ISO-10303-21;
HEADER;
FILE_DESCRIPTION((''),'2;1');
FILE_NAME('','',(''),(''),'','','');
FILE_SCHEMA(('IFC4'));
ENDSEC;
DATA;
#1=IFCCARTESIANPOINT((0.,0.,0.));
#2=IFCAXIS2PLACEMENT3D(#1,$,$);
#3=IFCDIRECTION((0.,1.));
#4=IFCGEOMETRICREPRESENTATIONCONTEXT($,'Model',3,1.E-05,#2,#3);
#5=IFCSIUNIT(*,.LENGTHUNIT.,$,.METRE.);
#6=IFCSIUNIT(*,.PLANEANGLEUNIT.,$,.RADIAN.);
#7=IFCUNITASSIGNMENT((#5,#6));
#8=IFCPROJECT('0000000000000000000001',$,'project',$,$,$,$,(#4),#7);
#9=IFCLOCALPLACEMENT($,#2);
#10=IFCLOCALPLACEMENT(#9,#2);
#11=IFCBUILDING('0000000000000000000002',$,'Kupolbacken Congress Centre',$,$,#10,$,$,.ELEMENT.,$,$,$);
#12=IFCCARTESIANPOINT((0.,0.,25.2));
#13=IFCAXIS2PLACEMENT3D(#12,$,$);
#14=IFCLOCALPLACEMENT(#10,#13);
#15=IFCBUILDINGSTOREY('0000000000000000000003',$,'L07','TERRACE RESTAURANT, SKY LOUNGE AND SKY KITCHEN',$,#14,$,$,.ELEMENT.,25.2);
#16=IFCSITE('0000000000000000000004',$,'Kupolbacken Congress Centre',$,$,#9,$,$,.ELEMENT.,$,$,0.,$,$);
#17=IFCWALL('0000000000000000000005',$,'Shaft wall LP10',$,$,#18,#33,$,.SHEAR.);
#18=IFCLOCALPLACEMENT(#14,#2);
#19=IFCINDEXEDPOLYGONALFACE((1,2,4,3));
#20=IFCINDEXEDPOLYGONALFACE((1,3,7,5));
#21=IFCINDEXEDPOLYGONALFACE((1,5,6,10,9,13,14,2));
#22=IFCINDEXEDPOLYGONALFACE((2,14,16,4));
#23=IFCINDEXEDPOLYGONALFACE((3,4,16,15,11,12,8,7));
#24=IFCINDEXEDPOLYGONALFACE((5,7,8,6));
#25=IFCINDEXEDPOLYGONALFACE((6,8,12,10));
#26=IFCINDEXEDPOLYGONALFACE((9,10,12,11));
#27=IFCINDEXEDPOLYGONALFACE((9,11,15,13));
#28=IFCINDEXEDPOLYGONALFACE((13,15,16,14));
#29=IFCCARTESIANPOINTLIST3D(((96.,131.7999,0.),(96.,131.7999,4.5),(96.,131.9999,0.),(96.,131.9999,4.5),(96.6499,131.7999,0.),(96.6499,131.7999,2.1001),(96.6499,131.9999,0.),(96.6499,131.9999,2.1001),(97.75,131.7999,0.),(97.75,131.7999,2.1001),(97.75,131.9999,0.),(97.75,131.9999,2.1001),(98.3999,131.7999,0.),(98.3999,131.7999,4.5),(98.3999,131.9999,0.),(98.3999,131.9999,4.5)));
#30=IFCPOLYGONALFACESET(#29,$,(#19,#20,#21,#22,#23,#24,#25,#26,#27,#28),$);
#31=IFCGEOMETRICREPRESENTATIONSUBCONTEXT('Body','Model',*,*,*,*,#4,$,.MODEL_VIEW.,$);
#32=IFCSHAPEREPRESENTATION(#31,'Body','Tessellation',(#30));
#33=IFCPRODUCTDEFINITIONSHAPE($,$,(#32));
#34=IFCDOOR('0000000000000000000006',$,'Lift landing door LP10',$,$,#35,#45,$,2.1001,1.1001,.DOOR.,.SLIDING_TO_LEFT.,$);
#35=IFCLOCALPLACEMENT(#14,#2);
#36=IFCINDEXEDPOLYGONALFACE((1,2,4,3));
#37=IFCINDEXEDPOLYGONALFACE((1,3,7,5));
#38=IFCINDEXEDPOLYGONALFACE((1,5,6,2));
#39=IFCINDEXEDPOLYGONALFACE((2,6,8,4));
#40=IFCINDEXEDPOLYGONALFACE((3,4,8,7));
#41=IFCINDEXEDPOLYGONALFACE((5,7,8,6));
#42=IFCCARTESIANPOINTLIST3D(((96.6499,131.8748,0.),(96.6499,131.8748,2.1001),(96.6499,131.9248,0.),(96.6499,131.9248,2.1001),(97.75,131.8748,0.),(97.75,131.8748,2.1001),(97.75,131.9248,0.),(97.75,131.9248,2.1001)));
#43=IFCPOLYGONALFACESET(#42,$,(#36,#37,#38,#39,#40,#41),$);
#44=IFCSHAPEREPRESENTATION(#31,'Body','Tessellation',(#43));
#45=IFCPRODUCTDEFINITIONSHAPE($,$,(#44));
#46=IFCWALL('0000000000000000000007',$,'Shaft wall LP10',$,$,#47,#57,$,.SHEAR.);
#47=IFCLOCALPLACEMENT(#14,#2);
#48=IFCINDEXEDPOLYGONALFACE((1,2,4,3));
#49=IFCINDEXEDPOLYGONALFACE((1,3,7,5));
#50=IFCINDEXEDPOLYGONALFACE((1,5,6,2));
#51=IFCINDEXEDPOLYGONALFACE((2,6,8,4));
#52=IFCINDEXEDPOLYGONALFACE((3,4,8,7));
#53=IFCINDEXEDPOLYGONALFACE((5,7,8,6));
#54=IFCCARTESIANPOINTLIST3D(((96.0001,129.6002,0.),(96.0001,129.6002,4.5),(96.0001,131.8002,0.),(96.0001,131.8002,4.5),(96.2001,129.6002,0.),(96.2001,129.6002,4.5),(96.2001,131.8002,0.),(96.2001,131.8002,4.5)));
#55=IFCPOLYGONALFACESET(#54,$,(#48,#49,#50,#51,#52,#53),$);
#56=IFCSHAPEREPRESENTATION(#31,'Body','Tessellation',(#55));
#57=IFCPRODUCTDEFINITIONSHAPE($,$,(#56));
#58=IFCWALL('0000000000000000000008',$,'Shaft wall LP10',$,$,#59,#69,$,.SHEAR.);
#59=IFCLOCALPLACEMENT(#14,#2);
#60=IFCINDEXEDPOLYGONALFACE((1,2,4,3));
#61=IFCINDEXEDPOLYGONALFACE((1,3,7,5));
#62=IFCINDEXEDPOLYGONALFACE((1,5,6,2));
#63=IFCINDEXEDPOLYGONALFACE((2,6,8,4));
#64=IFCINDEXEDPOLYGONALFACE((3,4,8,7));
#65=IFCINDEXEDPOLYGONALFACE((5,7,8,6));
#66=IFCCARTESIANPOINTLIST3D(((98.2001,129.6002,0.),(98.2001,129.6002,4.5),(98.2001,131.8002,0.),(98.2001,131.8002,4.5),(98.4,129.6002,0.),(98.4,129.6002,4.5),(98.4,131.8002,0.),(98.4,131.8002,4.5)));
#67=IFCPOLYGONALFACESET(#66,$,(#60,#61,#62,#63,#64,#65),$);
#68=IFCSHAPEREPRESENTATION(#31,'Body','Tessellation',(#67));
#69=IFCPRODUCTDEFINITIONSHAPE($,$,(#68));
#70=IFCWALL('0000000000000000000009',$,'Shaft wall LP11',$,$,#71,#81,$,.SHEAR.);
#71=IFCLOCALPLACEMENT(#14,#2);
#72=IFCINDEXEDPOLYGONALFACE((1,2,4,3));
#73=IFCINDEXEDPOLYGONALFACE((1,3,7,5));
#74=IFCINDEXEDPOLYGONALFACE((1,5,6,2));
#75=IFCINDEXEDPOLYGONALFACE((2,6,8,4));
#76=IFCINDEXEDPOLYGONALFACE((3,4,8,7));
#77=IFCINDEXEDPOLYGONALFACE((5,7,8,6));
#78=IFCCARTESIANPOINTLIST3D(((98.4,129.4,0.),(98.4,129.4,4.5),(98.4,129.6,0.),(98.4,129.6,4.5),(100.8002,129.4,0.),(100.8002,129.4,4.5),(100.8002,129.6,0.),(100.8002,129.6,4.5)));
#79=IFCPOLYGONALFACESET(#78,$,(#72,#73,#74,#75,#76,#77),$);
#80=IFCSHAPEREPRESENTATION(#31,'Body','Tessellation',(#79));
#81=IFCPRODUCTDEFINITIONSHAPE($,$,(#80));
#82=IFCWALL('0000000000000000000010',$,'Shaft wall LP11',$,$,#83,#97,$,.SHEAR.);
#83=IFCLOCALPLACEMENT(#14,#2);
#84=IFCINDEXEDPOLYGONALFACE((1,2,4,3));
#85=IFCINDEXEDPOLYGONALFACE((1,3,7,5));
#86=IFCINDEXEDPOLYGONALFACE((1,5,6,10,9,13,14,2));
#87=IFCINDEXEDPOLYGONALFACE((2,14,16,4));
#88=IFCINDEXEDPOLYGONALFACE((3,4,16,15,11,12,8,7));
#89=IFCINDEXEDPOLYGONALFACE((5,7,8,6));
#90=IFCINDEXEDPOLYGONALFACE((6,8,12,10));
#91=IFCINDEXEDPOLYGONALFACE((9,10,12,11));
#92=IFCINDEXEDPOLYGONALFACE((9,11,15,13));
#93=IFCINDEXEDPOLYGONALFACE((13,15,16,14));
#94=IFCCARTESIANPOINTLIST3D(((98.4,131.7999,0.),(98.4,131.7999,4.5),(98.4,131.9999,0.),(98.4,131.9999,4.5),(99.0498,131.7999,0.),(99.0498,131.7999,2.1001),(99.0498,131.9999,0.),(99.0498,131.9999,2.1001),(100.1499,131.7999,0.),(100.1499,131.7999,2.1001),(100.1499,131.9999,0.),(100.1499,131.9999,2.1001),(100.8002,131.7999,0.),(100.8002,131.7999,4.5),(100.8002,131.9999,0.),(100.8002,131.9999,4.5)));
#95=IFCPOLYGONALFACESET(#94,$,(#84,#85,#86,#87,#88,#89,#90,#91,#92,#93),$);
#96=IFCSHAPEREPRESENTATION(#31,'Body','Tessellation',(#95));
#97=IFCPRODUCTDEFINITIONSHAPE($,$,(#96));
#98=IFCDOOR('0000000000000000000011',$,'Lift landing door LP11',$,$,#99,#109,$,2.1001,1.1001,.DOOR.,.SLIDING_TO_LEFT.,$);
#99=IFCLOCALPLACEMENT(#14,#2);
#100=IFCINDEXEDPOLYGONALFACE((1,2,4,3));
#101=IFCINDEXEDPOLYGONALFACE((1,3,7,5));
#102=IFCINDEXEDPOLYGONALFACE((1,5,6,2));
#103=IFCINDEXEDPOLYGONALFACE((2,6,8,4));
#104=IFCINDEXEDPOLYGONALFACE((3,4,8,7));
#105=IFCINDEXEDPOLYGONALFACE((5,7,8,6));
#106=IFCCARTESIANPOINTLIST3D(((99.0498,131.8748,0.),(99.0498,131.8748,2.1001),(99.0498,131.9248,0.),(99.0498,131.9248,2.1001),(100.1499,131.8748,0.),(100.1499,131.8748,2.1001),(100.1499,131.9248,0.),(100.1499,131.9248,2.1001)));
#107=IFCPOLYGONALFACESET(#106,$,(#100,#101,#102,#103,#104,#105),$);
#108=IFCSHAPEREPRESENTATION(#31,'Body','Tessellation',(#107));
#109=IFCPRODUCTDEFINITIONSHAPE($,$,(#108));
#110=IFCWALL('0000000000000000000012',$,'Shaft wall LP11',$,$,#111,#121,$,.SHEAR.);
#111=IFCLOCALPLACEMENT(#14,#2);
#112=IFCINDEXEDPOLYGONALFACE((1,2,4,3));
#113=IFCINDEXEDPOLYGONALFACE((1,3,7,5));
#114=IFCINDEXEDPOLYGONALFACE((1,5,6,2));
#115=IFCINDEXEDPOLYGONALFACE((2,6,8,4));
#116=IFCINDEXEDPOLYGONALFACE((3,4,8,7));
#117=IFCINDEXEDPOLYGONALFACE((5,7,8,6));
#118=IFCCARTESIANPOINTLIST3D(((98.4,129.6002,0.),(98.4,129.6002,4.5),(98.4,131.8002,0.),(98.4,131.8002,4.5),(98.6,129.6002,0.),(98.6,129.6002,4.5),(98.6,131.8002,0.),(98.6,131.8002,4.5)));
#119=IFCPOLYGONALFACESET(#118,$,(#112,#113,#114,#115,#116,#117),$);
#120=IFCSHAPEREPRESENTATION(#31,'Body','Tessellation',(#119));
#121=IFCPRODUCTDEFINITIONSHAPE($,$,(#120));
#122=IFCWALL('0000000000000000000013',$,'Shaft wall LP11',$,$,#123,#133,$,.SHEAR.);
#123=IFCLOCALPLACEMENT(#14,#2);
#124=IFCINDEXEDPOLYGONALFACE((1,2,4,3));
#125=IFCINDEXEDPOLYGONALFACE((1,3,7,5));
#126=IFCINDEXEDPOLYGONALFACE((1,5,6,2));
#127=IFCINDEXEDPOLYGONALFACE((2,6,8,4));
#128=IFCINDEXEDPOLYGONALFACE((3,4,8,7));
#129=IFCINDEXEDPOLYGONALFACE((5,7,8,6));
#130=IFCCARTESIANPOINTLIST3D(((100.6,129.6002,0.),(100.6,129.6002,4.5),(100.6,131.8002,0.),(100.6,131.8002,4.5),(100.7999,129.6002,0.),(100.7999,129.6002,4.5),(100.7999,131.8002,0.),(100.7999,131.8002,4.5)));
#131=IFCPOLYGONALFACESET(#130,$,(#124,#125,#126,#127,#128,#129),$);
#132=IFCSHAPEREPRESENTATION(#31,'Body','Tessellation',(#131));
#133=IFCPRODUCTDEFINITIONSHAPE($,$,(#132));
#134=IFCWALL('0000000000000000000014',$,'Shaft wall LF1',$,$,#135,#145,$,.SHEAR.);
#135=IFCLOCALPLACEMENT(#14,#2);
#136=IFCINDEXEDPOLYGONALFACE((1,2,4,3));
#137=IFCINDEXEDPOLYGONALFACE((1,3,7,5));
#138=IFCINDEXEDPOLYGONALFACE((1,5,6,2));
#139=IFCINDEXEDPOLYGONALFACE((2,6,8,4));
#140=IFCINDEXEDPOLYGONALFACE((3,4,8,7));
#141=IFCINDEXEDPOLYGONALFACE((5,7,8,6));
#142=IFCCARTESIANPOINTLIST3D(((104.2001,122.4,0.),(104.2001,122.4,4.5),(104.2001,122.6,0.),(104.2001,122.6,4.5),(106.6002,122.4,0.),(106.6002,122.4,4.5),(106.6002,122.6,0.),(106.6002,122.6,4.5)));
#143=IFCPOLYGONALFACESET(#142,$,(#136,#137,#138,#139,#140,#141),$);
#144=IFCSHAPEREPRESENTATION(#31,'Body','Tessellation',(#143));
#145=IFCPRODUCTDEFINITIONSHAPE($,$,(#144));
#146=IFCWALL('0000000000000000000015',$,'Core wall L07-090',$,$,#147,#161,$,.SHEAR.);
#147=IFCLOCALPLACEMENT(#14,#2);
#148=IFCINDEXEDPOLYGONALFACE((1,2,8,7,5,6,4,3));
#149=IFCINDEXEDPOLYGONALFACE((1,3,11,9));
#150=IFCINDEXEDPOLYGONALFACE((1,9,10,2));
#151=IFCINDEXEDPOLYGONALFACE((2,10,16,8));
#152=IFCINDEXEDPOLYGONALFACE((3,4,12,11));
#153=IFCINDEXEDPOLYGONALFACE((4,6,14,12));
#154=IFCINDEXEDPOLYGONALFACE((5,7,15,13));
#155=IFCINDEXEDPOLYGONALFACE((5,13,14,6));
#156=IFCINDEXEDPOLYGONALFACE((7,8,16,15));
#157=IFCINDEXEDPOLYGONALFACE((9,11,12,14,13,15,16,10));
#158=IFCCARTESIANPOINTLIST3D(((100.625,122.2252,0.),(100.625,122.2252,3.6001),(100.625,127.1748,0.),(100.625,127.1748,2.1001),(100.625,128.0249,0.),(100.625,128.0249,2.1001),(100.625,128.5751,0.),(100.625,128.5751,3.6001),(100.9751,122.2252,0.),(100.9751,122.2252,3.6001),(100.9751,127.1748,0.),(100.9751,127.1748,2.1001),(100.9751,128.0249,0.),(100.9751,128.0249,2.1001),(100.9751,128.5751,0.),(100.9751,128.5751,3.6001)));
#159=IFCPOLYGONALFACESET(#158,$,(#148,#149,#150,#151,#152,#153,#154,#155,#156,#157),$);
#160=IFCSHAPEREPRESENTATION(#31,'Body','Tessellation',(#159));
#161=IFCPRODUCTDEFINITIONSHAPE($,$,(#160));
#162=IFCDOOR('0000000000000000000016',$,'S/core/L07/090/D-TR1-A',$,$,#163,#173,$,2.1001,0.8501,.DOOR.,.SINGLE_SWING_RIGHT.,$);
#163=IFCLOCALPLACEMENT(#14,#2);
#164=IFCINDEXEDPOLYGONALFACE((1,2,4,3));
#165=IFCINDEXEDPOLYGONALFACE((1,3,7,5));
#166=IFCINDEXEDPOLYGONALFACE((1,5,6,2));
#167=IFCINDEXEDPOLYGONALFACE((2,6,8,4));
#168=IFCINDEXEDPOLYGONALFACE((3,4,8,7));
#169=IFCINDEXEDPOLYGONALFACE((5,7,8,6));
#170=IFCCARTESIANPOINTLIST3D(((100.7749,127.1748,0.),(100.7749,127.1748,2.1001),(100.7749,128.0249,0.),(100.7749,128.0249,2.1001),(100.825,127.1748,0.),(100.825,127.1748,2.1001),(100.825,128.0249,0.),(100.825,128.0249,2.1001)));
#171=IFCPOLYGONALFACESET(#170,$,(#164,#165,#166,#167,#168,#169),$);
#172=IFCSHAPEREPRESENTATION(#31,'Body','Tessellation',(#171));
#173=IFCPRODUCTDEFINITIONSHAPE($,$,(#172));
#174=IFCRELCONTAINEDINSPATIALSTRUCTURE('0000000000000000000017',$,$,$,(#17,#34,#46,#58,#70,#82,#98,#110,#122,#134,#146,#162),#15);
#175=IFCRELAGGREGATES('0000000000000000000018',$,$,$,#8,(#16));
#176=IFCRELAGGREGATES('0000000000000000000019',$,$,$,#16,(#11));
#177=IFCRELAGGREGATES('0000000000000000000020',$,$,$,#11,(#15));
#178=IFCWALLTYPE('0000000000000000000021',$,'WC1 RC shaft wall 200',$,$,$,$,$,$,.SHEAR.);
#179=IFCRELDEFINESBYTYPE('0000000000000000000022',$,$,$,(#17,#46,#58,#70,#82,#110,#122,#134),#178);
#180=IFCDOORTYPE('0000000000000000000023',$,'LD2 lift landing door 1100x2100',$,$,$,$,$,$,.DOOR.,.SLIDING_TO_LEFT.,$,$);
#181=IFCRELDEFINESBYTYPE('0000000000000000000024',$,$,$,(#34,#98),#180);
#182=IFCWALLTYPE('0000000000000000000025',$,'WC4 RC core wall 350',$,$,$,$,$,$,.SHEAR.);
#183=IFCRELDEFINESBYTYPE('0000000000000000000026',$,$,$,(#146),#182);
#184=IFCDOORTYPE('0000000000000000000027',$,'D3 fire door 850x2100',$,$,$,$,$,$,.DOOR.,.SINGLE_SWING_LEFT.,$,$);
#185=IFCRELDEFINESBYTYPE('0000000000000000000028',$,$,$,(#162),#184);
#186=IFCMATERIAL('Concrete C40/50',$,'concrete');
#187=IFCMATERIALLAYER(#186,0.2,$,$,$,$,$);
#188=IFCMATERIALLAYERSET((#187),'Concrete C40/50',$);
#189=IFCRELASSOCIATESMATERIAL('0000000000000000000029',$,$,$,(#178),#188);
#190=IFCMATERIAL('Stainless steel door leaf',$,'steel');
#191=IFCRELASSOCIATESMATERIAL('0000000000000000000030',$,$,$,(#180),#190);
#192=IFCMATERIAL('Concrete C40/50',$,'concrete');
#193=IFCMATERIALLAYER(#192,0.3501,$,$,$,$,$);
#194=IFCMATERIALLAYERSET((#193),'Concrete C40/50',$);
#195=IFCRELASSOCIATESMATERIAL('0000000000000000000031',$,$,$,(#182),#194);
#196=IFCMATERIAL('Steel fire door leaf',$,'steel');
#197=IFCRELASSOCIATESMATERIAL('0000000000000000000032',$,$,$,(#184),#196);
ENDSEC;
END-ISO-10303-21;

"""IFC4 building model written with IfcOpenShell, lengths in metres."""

from ifc_helpers import new_model, si_unit, direction, frame, frame_2d, origin, place, context, subcontext, project, spatial, rectangle, extrude, material, layer, layer_set, type_object, element, fill, save


model = new_model("IFC4")

# Units and contexts
model_context = context("Model", 3, precision=1e-05, world=origin(), true_north=direction((0.0, 1.0)))
body_context = subcontext(model_context, "Body", "Model", "MODEL_VIEW")
ifc_project = project(units=[si_unit("LENGTHUNIT", "METRE"), si_unit("PLANEANGLEUNIT", "RADIAN")], contexts=[model_context])

# Site, building, storey
site_placement = place(None, origin())
site = spatial("IfcSite", under=ifc_project, at=site_placement, Name="Kupolbacken Congress Centre", CompositionType="ELEMENT", RefElevation=0.0)
building_placement = place(site_placement, origin())
building = spatial("IfcBuilding", under=site, at=building_placement, Name="Kupolbacken Congress Centre", CompositionType="ELEMENT")
storey_placement = place(building_placement, frame((0.0, 0.0, 25.2)))
storey = spatial("IfcBuildingStorey", under=building, at=storey_placement, Name="L07", Description="TERRACE RESTAURANT, SKY LOUNGE AND SKY KITCHEN", CompositionType="ELEMENT", Elevation=25.2)

# Shared definitions
ifc_material_1 = material(Name="Concrete C40/50", Category="concrete")
ifc_layer_1 = layer(ifc_material_1, 0.2)
ifc_layer_set_1 = layer_set([ifc_layer_1], Name="Concrete C40/50")
wall_type_1 = type_object("IfcWallType", Name="WC1 RC shaft wall 200", PredefinedType="SHEAR", material=ifc_layer_set_1)

# Shared definitions
ifc_material_2 = material(Name="Stainless steel door leaf", Category="steel")
door_type_1 = type_object("IfcDoorType", Name="LD2 lift landing door 1100x2100", OperationType="SLIDING_TO_LEFT", PredefinedType="DOOR", material=ifc_material_2)

# Wall, opening, door
wall_1_placement = place(storey_placement, frame((96.0, 131.8999, 0.0), z_axis=(0.0, 0.0, 1.0), x_axis=(1.0, 0.0, 0.0)))
wall_1 = element("IfcWall", 1, at=wall_1_placement, inside=storey, type_object=wall_type_1, Name="Shaft wall LP10", PredefinedType="SHEAR", context=body_context, shape_type="SweptSolid", body=[
    extrude(rectangle(XDim=2.3999, YDim=0.2, at=frame_2d((1.2, 0.0))), origin(), (0.0, 0.0, 1.0), 4.5),
])
opening_1_placement = place(wall_1_placement, frame((0.6499, 0.0, 0.0)))
opening_1 = element("IfcOpeningElement", 2, at=opening_1_placement, cuts=wall_1, PredefinedType="OPENING", context=body_context, shape_type="SweptSolid", body=[
    extrude(rectangle(XDim=1.1001, YDim=2.1001, at=frame_2d((0.55, 1.05))), frame((0.0, 0.1099, 0.0), z_axis=(0.0, -1.0, 0.0), x_axis=(1.0, 0.0, 0.0)), (0.0, 0.0, 1.0), 0.22),
])
door_1_placement = place(opening_1_placement, origin())
door_1 = element("IfcDoor", 3, at=door_1_placement, inside=storey, type_object=door_type_1, Name="Lift landing door LP10", OperationType="SLIDING_TO_LEFT", OverallHeight=2.1001, OverallWidth=1.1001, PredefinedType="DOOR", context=body_context, shape_type="SweptSolid", body=[
    extrude(rectangle(XDim=1.1001, YDim=2.1001, at=frame_2d((0.55, 1.05))), frame((0.0, 0.0249, 0.0), z_axis=(0.0, -1.0, 0.0), x_axis=(1.0, 0.0, 0.0)), (0.0, 0.0, 1.0), 0.05),
])
fill(opening_1, door_1)

# Walls
for number, where, z_axis, x_axis, name in (
    (4, (96.1001, 129.6001, 0.0), (0.0, 0.0, 1.0), (0.0, 1.0, 0.0), "Shaft wall LP10"),
    (5, (98.3, 129.6001, 0.0), (0.0, 0.0, 1.0), (0.0, 1.0, 0.0), "Shaft wall LP10"),
):
    element("IfcWall", number, at=place(storey_placement, frame(where, z_axis=z_axis, x_axis=x_axis)), inside=storey, type_object=wall_type_1, Name=name, PredefinedType="SHEAR", context=body_context, shape_type="SweptSolid", body=[
        extrude(rectangle(XDim=2.2, YDim=0.2, at=frame_2d((1.1001, 0.0))), origin(), (0.0, 0.0, 1.0), 4.5),
    ])
wall_2_placement = place(storey_placement, frame((98.3999, 129.5, 0.0), z_axis=(0.0, 0.0, 1.0), x_axis=(1.0, 0.0, 0.0)))
element("IfcWall", 6, at=wall_2_placement, inside=storey, type_object=wall_type_1, Name="Shaft wall LP11", PredefinedType="SHEAR", context=body_context, shape_type="SweptSolid", body=[
    extrude(rectangle(XDim=2.4001, YDim=0.2, at=frame_2d((1.2002, 0.0))), origin(), (0.0, 0.0, 1.0), 4.5),
])

# Wall, opening, door
wall_3_placement = place(storey_placement, frame((98.3999, 131.8999, 0.0), z_axis=(0.0, 0.0, 1.0), x_axis=(1.0, 0.0, 0.0)))
wall_3 = element("IfcWall", 7, at=wall_3_placement, inside=storey, type_object=wall_type_1, Name="Shaft wall LP11", PredefinedType="SHEAR", context=body_context, shape_type="SweptSolid", body=[
    extrude(rectangle(XDim=2.4001, YDim=0.2, at=frame_2d((1.2002, 0.0))), origin(), (0.0, 0.0, 1.0), 4.5),
])
opening_2_placement = place(wall_3_placement, frame((0.6499, 0.0, 0.0)))
opening_2 = element("IfcOpeningElement", 8, at=opening_2_placement, cuts=wall_3, PredefinedType="OPENING", context=body_context, shape_type="SweptSolid", body=[
    extrude(rectangle(XDim=1.1001, YDim=2.1001, at=frame_2d((0.55, 1.05))), frame((0.0, 0.1099, 0.0), z_axis=(0.0, -1.0, 0.0), x_axis=(1.0, 0.0, 0.0)), (0.0, 0.0, 1.0), 0.22),
])
door_2_placement = place(opening_2_placement, origin())
door_2 = element("IfcDoor", 9, at=door_2_placement, inside=storey, type_object=door_type_1, Name="Lift landing door LP11", OperationType="SLIDING_TO_LEFT", OverallHeight=2.1001, OverallWidth=1.1001, PredefinedType="DOOR", context=body_context, shape_type="SweptSolid", body=[
    extrude(rectangle(XDim=1.1001, YDim=2.1001, at=frame_2d((0.55, 1.05))), frame((0.0, 0.0249, 0.0), z_axis=(0.0, -1.0, 0.0), x_axis=(1.0, 0.0, 0.0)), (0.0, 0.0, 1.0), 0.05),
])
fill(opening_2, door_2)

# Walls
for number, where, z_axis, x_axis, name in (
    (10, (98.5, 129.6001, 0.0), (0.0, 0.0, 1.0), (0.0, 1.0, 0.0), "Shaft wall LP11"),
    (11, (100.7, 129.6001, 0.0), (0.0, 0.0, 1.0), (0.0, 1.0, 0.0), "Shaft wall LP11"),
):
    element("IfcWall", number, at=place(storey_placement, frame(where, z_axis=z_axis, x_axis=x_axis)), inside=storey, type_object=wall_type_1, Name=name, PredefinedType="SHEAR", context=body_context, shape_type="SweptSolid", body=[
        extrude(rectangle(XDim=2.2, YDim=0.2, at=frame_2d((1.1001, 0.0))), origin(), (0.0, 0.0, 1.0), 4.5),
    ])
wall_4_placement = place(storey_placement, frame((104.2, 122.5, 0.0), z_axis=(0.0, 0.0, 1.0), x_axis=(1.0, 0.0, 0.0)))
element("IfcWall", 12, at=wall_4_placement, inside=storey, type_object=wall_type_1, Name="Shaft wall LF1", PredefinedType="SHEAR", context=body_context, shape_type="SweptSolid", body=[
    extrude(rectangle(XDim=2.4001, YDim=0.2, at=frame_2d((1.2002, 0.0))), origin(), (0.0, 0.0, 1.0), 4.5),
])

# Wall, opening, door
ifc_material_3 = material(Name="Concrete C40/50", Category="concrete")
ifc_layer_2 = layer(ifc_material_3, 0.3501)
ifc_layer_set_2 = layer_set([ifc_layer_2], Name="Concrete C40/50")
wall_type_2 = type_object("IfcWallType", Name="WC4 RC core wall 350", PredefinedType="SHEAR", material=ifc_layer_set_2)
wall_5_placement = place(storey_placement, frame((100.8, 128.575, 0.0), z_axis=(0.0, 0.0, 1.0), x_axis=(0.0, -1.0, 0.0)))
wall_5 = element("IfcWall", 13, at=wall_5_placement, inside=storey, type_object=wall_type_2, Name="Core wall L07-090", PredefinedType="SHEAR", context=body_context, shape_type="SweptSolid", body=[
    extrude(rectangle(XDim=6.3499, YDim=0.3501, at=frame_2d((3.1748, 0.0))), origin(), (0.0, 0.0, 1.0), 3.6001),
])
opening_3_placement = place(wall_5_placement, frame((0.55, 0.0, 0.0)))
opening_3 = element("IfcOpeningElement", 14, at=opening_3_placement, cuts=wall_5, PredefinedType="OPENING", context=body_context, shape_type="SweptSolid", body=[
    extrude(rectangle(XDim=0.8501, YDim=2.1001, at=frame_2d((0.425, 1.05))), frame((0.0, 0.1851, 0.0), z_axis=(0.0, -1.0, 0.0), x_axis=(1.0, 0.0, 0.0)), (0.0, 0.0, 1.0), 0.3701),
])
ifc_material_4 = material(Name="Steel fire door leaf", Category="steel")
door_type_2 = type_object("IfcDoorType", Name="D3 fire door 850x2100", OperationType="SINGLE_SWING_LEFT", PredefinedType="DOOR", material=ifc_material_4)
door_3_placement = place(opening_3_placement, origin())
door_3 = element("IfcDoor", 15, at=door_3_placement, inside=storey, type_object=door_type_2, Name="S/core/L07/090/D-TR1-A", OperationType="SINGLE_SWING_RIGHT", OverallHeight=2.1001, OverallWidth=0.8501, PredefinedType="DOOR", context=body_context, shape_type="SweptSolid", body=[
    extrude(rectangle(XDim=0.8501, YDim=2.1001, at=frame_2d((0.425, 1.05))), frame((0.0, 0.0249, 0.0), z_axis=(0.0, -1.0, 0.0), x_axis=(1.0, 0.0, 0.0)), (0.0, 0.0, 1.0), 0.05),
])
fill(opening_3, door_3)

save(model, "model.ifc")
